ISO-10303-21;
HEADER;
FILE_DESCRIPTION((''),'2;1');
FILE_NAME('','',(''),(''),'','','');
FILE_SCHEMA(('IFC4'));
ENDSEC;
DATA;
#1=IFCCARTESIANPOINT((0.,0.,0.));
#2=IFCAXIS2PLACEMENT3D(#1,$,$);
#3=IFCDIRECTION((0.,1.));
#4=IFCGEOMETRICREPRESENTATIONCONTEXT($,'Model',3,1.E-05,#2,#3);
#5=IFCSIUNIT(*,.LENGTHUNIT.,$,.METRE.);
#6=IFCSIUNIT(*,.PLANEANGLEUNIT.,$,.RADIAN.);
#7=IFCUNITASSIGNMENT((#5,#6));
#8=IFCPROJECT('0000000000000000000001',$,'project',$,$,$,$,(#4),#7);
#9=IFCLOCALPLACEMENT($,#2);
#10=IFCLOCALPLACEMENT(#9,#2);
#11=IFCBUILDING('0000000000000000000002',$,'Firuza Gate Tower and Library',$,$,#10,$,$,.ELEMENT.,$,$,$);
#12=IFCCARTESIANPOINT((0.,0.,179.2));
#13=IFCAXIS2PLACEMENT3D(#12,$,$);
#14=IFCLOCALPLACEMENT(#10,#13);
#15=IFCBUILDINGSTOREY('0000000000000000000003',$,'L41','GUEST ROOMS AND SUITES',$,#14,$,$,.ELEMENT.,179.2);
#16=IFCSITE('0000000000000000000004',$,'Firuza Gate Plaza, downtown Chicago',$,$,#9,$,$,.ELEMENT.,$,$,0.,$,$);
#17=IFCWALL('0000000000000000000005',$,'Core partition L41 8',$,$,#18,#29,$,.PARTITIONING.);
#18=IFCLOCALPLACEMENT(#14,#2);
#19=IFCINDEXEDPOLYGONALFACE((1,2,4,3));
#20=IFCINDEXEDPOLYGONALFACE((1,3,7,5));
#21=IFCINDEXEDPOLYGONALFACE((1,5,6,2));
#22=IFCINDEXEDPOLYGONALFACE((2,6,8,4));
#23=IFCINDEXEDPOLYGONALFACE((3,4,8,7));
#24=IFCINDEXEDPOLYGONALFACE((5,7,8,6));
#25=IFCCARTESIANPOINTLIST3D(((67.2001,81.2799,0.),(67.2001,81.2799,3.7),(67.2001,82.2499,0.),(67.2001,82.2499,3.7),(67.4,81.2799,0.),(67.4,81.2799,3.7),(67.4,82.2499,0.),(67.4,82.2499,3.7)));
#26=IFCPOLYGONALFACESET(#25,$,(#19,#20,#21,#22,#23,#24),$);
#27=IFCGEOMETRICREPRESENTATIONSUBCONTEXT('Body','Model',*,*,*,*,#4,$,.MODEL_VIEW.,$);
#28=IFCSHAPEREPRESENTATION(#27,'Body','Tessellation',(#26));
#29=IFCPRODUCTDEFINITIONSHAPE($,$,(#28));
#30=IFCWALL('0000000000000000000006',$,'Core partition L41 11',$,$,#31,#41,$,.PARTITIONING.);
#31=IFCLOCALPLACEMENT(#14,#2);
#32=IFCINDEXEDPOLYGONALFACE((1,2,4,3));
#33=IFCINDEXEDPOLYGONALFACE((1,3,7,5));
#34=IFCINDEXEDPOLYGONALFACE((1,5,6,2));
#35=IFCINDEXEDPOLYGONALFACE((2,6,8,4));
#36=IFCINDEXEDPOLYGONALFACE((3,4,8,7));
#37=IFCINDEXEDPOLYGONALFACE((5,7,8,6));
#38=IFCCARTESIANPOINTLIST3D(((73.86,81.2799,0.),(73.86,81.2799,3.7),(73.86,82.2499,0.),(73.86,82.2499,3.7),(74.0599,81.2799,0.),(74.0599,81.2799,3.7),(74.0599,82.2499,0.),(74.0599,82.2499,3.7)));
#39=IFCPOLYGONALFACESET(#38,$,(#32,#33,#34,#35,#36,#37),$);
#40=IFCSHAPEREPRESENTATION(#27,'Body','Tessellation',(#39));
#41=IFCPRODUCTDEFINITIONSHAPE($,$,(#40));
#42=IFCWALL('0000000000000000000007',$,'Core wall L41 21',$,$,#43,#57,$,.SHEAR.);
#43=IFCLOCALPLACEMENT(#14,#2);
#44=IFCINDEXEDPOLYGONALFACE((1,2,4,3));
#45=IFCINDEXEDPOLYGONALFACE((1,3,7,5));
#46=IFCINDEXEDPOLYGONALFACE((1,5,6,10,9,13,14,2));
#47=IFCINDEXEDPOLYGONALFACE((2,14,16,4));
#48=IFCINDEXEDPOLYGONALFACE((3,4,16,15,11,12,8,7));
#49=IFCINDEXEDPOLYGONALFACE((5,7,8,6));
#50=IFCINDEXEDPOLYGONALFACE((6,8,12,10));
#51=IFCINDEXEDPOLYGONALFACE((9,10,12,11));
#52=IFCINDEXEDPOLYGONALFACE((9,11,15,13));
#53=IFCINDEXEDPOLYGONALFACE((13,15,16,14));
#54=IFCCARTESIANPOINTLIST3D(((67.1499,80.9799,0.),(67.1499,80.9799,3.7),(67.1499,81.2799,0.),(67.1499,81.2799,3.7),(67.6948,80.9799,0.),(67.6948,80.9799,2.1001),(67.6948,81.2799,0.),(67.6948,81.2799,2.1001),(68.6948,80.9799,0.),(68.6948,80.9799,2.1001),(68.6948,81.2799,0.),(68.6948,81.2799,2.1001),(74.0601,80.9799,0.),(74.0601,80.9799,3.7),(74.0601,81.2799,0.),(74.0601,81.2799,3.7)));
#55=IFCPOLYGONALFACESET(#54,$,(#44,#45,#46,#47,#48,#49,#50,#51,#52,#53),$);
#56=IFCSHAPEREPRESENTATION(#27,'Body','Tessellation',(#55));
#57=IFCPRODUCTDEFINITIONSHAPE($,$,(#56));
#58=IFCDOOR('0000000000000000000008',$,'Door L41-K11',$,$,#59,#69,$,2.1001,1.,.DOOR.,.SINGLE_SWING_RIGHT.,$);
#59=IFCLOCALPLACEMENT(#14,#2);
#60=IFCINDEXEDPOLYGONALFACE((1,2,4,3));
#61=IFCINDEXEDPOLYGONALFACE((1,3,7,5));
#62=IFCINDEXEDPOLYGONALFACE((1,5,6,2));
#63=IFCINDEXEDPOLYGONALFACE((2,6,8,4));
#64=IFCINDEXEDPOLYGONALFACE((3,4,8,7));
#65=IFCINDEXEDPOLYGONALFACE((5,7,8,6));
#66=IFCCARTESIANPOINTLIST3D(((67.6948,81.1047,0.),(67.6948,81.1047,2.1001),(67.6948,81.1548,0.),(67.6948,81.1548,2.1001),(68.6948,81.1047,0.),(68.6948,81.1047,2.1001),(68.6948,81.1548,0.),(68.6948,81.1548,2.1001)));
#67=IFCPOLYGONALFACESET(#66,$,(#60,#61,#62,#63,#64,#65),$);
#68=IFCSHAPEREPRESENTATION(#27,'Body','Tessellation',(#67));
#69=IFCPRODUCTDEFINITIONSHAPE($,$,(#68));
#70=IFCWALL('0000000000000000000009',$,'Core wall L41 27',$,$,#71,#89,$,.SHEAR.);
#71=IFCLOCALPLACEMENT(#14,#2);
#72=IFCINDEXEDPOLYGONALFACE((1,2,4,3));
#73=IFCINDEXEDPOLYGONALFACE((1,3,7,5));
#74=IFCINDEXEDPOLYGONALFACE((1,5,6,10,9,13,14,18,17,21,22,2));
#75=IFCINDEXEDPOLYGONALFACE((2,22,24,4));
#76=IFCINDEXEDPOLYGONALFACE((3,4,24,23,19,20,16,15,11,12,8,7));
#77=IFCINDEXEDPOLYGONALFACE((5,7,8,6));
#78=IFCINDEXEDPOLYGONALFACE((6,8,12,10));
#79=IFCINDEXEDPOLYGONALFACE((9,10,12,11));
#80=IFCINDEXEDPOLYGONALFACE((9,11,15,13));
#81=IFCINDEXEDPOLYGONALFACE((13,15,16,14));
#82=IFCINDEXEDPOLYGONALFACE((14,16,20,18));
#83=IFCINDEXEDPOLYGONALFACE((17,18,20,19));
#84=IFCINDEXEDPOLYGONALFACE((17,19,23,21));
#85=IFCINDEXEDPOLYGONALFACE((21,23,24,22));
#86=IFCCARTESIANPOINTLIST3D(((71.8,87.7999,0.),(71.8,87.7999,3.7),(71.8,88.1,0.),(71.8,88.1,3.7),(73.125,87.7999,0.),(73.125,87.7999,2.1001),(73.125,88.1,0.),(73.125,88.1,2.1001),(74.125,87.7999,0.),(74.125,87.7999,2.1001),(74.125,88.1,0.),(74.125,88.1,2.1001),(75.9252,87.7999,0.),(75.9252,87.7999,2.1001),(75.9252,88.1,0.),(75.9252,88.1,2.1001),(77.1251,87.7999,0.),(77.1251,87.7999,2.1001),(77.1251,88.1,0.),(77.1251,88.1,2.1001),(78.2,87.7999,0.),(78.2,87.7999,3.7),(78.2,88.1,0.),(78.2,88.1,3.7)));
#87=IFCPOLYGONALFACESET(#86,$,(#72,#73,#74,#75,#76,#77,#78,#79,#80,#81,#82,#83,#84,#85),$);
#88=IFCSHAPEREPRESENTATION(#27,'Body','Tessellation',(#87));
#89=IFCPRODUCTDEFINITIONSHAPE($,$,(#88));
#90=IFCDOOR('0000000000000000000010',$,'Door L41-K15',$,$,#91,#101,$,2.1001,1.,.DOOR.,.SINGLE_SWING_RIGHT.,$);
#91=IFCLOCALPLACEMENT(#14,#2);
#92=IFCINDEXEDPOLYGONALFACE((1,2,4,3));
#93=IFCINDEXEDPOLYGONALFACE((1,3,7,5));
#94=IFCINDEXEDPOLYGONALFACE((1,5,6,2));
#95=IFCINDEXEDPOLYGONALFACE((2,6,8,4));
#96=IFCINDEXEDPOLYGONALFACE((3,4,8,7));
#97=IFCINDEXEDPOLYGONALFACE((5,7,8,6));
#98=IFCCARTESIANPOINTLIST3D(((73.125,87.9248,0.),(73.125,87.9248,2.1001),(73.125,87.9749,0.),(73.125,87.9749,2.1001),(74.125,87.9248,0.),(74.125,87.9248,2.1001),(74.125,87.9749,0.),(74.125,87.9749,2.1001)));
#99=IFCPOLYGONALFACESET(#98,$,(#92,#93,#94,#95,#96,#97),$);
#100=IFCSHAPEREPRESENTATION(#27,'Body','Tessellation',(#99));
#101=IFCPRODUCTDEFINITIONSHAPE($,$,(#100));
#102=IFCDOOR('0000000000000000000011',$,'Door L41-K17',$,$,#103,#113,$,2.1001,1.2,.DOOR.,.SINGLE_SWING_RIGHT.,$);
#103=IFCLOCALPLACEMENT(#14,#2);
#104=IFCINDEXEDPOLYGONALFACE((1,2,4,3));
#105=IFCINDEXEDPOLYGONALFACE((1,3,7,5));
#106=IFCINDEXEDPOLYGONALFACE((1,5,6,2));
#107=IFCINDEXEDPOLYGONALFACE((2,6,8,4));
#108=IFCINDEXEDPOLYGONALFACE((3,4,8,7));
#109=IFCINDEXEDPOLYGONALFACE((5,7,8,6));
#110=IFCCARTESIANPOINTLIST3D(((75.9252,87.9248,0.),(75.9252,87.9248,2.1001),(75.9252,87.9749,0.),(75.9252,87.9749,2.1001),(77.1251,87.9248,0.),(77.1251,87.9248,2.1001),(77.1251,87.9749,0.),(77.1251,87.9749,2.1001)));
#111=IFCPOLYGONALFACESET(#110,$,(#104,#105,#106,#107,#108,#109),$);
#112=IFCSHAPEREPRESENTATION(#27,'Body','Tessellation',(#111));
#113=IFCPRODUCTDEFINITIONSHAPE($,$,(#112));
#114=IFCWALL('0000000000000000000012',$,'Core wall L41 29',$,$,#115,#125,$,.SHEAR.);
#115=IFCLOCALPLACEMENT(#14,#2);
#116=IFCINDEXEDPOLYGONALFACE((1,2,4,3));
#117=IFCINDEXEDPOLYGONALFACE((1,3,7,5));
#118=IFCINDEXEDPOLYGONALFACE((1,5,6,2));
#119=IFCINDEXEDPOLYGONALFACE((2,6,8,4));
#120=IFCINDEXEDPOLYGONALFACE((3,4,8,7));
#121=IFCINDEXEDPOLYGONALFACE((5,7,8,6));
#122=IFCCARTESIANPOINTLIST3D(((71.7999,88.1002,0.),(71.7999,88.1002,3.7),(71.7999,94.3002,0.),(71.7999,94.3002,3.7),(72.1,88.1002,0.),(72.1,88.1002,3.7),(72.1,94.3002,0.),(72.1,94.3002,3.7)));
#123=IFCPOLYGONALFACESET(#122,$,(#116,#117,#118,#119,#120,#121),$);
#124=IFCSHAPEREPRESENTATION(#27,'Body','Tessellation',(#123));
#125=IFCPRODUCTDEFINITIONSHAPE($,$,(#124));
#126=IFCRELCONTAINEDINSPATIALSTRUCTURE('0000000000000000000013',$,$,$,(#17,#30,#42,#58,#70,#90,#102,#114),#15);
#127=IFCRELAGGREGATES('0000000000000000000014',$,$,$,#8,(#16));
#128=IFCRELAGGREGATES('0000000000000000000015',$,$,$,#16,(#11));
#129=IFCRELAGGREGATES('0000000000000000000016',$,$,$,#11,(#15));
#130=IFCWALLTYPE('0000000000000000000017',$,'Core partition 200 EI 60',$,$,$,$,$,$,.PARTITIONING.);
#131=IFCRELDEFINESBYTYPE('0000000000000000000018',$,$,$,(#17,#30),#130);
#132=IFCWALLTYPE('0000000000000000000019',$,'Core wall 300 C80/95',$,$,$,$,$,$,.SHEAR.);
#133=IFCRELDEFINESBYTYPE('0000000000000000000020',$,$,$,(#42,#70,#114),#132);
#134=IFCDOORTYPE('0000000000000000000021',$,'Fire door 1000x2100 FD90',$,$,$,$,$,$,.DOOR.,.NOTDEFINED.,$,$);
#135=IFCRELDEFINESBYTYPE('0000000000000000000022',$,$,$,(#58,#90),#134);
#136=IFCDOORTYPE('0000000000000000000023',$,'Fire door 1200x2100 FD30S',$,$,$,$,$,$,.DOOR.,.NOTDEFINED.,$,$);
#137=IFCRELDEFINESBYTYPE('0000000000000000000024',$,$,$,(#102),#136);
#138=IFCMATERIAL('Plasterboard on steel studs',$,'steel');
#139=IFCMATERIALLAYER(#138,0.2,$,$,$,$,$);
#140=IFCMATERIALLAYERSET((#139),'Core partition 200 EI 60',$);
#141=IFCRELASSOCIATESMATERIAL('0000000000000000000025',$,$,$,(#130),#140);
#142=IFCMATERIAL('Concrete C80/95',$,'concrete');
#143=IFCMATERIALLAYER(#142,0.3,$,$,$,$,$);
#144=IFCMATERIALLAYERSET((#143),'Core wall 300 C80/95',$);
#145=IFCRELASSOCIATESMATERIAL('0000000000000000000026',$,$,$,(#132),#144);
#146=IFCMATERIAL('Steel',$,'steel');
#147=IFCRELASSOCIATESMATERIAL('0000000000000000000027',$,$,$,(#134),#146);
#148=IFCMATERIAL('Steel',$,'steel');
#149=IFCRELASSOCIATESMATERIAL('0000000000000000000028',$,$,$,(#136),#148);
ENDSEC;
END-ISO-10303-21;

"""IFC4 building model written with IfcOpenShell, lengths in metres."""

from ifc_helpers import new_model, si_unit, direction, frame, frame_2d, origin, place, context, subcontext, project, spatial, rectangle, extrude, material, layer, layer_set, type_object, element, fill, save


model = new_model("IFC4")

# Units and contexts
model_context = context("Model", 3, precision=1e-05, world=origin(), true_north=direction((0.0, 1.0)))
body_context = subcontext(model_context, "Body", "Model", "MODEL_VIEW")
ifc_project = project(units=[si_unit("LENGTHUNIT", "METRE"), si_unit("PLANEANGLEUNIT", "RADIAN")], contexts=[model_context])

# Site, building, storey
site_placement = place(None, origin())
site = spatial("IfcSite", under=ifc_project, at=site_placement, Name="Firuza Gate Plaza, downtown Chicago", CompositionType="ELEMENT", RefElevation=0.0)
building_placement = place(site_placement, origin())
building = spatial("IfcBuilding", under=site, at=building_placement, Name="Firuza Gate Tower and Library", CompositionType="ELEMENT")
storey_placement = place(building_placement, frame((0.0, 0.0, 179.2)))
storey = spatial("IfcBuildingStorey", under=building, at=storey_placement, Name="L41", Description="GUEST ROOMS AND SUITES", CompositionType="ELEMENT", Elevation=179.2)

# Walls
ifc_material_1 = material(Name="Plasterboard on steel studs", Category="steel")
ifc_layer_1 = layer(ifc_material_1, 0.2)
ifc_layer_set_1 = layer_set([ifc_layer_1], Name="Core partition 200 EI 60")
wall_type_1 = type_object("IfcWallType", Name="Core partition 200 EI 60", PredefinedType="PARTITIONING", material=ifc_layer_set_1)
for number, where, z_axis, x_axis, name in (
    (1, (67.3, 81.28, 0.0), (0.0, 0.0, 1.0), (0.0, 1.0, 0.0), "Core partition L41 8"),
    (2, (73.96, 81.28, 0.0), (0.0, 0.0, 1.0), (0.0, 1.0, 0.0), "Core partition L41 11"),
):
    element("IfcWall", number, at=place(storey_placement, frame(where, z_axis=z_axis, x_axis=x_axis)), inside=storey, type_object=wall_type_1, Name=name, PredefinedType="PARTITIONING", context=body_context, shape_type="SweptSolid", body=[
        extrude(rectangle(XDim=0.97, YDim=0.2, at=frame_2d((0.4849, 0.0))), origin(), (0.0, 0.0, 1.0), 3.7),
    ])

# Wall, opening, door
ifc_material_2 = material(Name="Concrete C80/95", Category="concrete")
ifc_layer_2 = layer(ifc_material_2, 0.3)
ifc_layer_set_2 = layer_set([ifc_layer_2], Name="Core wall 300 C80/95")
wall_type_2 = type_object("IfcWallType", Name="Core wall 300 C80/95", PredefinedType="SHEAR", material=ifc_layer_set_2)
wall_1_placement = place(storey_placement, frame((67.1499, 81.1299, 0.0), z_axis=(0.0, 0.0, 1.0), x_axis=(1.0, 0.0, 0.0)))
wall_1 = element("IfcWall", 3, at=wall_1_placement, inside=storey, type_object=wall_type_2, Name="Core wall L41 21", PredefinedType="SHEAR", context=body_context, shape_type="SweptSolid", body=[
    extrude(rectangle(XDim=6.9102, YDim=0.3, at=frame_2d((3.4551, 0.0))), origin(), (0.0, 0.0, 1.0), 3.7),
])
opening_1_placement = place(wall_1_placement, frame((0.5449, 0.0, 0.0)))
opening_1 = element("IfcOpeningElement", 4, at=opening_1_placement, cuts=wall_1, PredefinedType="OPENING", context=body_context, shape_type="SweptSolid", body=[
    extrude(rectangle(XDim=1.0, YDim=2.1001, at=frame_2d((0.5, 1.05))), frame((0.0, 0.1602, 0.0), z_axis=(0.0, -1.0, 0.0), x_axis=(1.0, 0.0, 0.0)), (0.0, 0.0, 1.0), 0.3201),
])
ifc_material_3 = material(Name="Steel", Category="steel")
door_type_1 = type_object("IfcDoorType", Name="Fire door 1000x2100 FD90", OperationType="NOTDEFINED", PredefinedType="DOOR", material=ifc_material_3)
door_1_placement = place(opening_1_placement, origin())
door_1 = element("IfcDoor", 5, at=door_1_placement, inside=storey, type_object=door_type_1, Name="Door L41-K11", OperationType="SINGLE_SWING_RIGHT", OverallHeight=2.1001, OverallWidth=1.0, PredefinedType="DOOR", context=body_context, shape_type="SweptSolid", body=[
    extrude(rectangle(XDim=1.0, YDim=2.1001, at=frame_2d((0.5, 1.05))), frame((0.0, 0.0249, 0.0), z_axis=(0.0, -1.0, 0.0), x_axis=(1.0, 0.0, 0.0)), (0.0, 0.0, 1.0), 0.05),
])
fill(opening_1, door_1)

# Wall, openings, doors
wall_2_placement = place(storey_placement, frame((71.8, 87.95, 0.0), z_axis=(0.0, 0.0, 1.0), x_axis=(1.0, 0.0, 0.0)))
wall_2 = element("IfcWall", 6, at=wall_2_placement, inside=storey, type_object=wall_type_2, Name="Core wall L41 27", PredefinedType="SHEAR", context=body_context, shape_type="SweptSolid", body=[
    extrude(rectangle(XDim=6.3999, YDim=0.3, at=frame_2d((3.2, 0.0))), origin(), (0.0, 0.0, 1.0), 3.7),
])
opening_2_placement = place(wall_2_placement, frame((1.325, 0.0, 0.0)))
opening_2 = element("IfcOpeningElement", 7, at=opening_2_placement, cuts=wall_2, PredefinedType="OPENING", context=body_context, shape_type="SweptSolid", body=[
    extrude(rectangle(XDim=1.0, YDim=2.1001, at=frame_2d((0.5, 1.05))), frame((0.0, 0.1602, 0.0), z_axis=(0.0, -1.0, 0.0), x_axis=(1.0, 0.0, 0.0)), (0.0, 0.0, 1.0), 0.3201),
])
opening_3_placement = place(wall_2_placement, frame((4.125, 0.0, 0.0)))
opening_3 = element("IfcOpeningElement", 8, at=opening_3_placement, cuts=wall_2, PredefinedType="OPENING", context=body_context, shape_type="SweptSolid", body=[
    extrude(rectangle(XDim=1.2, YDim=2.1001, at=frame_2d((0.6001, 1.05))), frame((0.0, 0.1602, 0.0), z_axis=(0.0, -1.0, 0.0), x_axis=(1.0, 0.0, 0.0)), (0.0, 0.0, 1.0), 0.3201),
])
door_2_placement = place(opening_2_placement, origin())
door_2 = element("IfcDoor", 9, at=door_2_placement, inside=storey, type_object=door_type_1, Name="Door L41-K15", OperationType="SINGLE_SWING_RIGHT", OverallHeight=2.1001, OverallWidth=1.0, PredefinedType="DOOR", context=body_context, shape_type="SweptSolid", body=[
    extrude(rectangle(XDim=1.0, YDim=2.1001, at=frame_2d((0.5, 1.05))), frame((0.0, 0.0249, 0.0), z_axis=(0.0, -1.0, 0.0), x_axis=(1.0, 0.0, 0.0)), (0.0, 0.0, 1.0), 0.05),
])
fill(opening_2, door_2)
ifc_material_4 = material(Name="Steel", Category="steel")
door_type_2 = type_object("IfcDoorType", Name="Fire door 1200x2100 FD30S", OperationType="NOTDEFINED", PredefinedType="DOOR", material=ifc_material_4)
door_3_placement = place(opening_3_placement, origin())
door_3 = element("IfcDoor", 10, at=door_3_placement, inside=storey, type_object=door_type_2, Name="Door L41-K17", OperationType="SINGLE_SWING_RIGHT", OverallHeight=2.1001, OverallWidth=1.2, PredefinedType="DOOR", context=body_context, shape_type="SweptSolid", body=[
    extrude(rectangle(XDim=1.2, YDim=2.1001, at=frame_2d((0.6001, 1.05))), frame((0.0, 0.0249, 0.0), z_axis=(0.0, -1.0, 0.0), x_axis=(1.0, 0.0, 0.0)), (0.0, 0.0, 1.0), 0.05),
])
fill(opening_3, door_3)

# Wall
wall_3_placement = place(storey_placement, frame((71.95, 88.1001, 0.0), z_axis=(0.0, 0.0, 1.0), x_axis=(0.0, 1.0, 0.0)))
element("IfcWall", 11, at=wall_3_placement, inside=storey, type_object=wall_type_2, Name="Core wall L41 29", PredefinedType="SHEAR", context=body_context, shape_type="SweptSolid", body=[
    extrude(rectangle(XDim=6.2, YDim=0.3, at=frame_2d((3.1001, 0.0))), origin(), (0.0, 0.0, 1.0), 3.7),
])

save(model, "model.ifc")
